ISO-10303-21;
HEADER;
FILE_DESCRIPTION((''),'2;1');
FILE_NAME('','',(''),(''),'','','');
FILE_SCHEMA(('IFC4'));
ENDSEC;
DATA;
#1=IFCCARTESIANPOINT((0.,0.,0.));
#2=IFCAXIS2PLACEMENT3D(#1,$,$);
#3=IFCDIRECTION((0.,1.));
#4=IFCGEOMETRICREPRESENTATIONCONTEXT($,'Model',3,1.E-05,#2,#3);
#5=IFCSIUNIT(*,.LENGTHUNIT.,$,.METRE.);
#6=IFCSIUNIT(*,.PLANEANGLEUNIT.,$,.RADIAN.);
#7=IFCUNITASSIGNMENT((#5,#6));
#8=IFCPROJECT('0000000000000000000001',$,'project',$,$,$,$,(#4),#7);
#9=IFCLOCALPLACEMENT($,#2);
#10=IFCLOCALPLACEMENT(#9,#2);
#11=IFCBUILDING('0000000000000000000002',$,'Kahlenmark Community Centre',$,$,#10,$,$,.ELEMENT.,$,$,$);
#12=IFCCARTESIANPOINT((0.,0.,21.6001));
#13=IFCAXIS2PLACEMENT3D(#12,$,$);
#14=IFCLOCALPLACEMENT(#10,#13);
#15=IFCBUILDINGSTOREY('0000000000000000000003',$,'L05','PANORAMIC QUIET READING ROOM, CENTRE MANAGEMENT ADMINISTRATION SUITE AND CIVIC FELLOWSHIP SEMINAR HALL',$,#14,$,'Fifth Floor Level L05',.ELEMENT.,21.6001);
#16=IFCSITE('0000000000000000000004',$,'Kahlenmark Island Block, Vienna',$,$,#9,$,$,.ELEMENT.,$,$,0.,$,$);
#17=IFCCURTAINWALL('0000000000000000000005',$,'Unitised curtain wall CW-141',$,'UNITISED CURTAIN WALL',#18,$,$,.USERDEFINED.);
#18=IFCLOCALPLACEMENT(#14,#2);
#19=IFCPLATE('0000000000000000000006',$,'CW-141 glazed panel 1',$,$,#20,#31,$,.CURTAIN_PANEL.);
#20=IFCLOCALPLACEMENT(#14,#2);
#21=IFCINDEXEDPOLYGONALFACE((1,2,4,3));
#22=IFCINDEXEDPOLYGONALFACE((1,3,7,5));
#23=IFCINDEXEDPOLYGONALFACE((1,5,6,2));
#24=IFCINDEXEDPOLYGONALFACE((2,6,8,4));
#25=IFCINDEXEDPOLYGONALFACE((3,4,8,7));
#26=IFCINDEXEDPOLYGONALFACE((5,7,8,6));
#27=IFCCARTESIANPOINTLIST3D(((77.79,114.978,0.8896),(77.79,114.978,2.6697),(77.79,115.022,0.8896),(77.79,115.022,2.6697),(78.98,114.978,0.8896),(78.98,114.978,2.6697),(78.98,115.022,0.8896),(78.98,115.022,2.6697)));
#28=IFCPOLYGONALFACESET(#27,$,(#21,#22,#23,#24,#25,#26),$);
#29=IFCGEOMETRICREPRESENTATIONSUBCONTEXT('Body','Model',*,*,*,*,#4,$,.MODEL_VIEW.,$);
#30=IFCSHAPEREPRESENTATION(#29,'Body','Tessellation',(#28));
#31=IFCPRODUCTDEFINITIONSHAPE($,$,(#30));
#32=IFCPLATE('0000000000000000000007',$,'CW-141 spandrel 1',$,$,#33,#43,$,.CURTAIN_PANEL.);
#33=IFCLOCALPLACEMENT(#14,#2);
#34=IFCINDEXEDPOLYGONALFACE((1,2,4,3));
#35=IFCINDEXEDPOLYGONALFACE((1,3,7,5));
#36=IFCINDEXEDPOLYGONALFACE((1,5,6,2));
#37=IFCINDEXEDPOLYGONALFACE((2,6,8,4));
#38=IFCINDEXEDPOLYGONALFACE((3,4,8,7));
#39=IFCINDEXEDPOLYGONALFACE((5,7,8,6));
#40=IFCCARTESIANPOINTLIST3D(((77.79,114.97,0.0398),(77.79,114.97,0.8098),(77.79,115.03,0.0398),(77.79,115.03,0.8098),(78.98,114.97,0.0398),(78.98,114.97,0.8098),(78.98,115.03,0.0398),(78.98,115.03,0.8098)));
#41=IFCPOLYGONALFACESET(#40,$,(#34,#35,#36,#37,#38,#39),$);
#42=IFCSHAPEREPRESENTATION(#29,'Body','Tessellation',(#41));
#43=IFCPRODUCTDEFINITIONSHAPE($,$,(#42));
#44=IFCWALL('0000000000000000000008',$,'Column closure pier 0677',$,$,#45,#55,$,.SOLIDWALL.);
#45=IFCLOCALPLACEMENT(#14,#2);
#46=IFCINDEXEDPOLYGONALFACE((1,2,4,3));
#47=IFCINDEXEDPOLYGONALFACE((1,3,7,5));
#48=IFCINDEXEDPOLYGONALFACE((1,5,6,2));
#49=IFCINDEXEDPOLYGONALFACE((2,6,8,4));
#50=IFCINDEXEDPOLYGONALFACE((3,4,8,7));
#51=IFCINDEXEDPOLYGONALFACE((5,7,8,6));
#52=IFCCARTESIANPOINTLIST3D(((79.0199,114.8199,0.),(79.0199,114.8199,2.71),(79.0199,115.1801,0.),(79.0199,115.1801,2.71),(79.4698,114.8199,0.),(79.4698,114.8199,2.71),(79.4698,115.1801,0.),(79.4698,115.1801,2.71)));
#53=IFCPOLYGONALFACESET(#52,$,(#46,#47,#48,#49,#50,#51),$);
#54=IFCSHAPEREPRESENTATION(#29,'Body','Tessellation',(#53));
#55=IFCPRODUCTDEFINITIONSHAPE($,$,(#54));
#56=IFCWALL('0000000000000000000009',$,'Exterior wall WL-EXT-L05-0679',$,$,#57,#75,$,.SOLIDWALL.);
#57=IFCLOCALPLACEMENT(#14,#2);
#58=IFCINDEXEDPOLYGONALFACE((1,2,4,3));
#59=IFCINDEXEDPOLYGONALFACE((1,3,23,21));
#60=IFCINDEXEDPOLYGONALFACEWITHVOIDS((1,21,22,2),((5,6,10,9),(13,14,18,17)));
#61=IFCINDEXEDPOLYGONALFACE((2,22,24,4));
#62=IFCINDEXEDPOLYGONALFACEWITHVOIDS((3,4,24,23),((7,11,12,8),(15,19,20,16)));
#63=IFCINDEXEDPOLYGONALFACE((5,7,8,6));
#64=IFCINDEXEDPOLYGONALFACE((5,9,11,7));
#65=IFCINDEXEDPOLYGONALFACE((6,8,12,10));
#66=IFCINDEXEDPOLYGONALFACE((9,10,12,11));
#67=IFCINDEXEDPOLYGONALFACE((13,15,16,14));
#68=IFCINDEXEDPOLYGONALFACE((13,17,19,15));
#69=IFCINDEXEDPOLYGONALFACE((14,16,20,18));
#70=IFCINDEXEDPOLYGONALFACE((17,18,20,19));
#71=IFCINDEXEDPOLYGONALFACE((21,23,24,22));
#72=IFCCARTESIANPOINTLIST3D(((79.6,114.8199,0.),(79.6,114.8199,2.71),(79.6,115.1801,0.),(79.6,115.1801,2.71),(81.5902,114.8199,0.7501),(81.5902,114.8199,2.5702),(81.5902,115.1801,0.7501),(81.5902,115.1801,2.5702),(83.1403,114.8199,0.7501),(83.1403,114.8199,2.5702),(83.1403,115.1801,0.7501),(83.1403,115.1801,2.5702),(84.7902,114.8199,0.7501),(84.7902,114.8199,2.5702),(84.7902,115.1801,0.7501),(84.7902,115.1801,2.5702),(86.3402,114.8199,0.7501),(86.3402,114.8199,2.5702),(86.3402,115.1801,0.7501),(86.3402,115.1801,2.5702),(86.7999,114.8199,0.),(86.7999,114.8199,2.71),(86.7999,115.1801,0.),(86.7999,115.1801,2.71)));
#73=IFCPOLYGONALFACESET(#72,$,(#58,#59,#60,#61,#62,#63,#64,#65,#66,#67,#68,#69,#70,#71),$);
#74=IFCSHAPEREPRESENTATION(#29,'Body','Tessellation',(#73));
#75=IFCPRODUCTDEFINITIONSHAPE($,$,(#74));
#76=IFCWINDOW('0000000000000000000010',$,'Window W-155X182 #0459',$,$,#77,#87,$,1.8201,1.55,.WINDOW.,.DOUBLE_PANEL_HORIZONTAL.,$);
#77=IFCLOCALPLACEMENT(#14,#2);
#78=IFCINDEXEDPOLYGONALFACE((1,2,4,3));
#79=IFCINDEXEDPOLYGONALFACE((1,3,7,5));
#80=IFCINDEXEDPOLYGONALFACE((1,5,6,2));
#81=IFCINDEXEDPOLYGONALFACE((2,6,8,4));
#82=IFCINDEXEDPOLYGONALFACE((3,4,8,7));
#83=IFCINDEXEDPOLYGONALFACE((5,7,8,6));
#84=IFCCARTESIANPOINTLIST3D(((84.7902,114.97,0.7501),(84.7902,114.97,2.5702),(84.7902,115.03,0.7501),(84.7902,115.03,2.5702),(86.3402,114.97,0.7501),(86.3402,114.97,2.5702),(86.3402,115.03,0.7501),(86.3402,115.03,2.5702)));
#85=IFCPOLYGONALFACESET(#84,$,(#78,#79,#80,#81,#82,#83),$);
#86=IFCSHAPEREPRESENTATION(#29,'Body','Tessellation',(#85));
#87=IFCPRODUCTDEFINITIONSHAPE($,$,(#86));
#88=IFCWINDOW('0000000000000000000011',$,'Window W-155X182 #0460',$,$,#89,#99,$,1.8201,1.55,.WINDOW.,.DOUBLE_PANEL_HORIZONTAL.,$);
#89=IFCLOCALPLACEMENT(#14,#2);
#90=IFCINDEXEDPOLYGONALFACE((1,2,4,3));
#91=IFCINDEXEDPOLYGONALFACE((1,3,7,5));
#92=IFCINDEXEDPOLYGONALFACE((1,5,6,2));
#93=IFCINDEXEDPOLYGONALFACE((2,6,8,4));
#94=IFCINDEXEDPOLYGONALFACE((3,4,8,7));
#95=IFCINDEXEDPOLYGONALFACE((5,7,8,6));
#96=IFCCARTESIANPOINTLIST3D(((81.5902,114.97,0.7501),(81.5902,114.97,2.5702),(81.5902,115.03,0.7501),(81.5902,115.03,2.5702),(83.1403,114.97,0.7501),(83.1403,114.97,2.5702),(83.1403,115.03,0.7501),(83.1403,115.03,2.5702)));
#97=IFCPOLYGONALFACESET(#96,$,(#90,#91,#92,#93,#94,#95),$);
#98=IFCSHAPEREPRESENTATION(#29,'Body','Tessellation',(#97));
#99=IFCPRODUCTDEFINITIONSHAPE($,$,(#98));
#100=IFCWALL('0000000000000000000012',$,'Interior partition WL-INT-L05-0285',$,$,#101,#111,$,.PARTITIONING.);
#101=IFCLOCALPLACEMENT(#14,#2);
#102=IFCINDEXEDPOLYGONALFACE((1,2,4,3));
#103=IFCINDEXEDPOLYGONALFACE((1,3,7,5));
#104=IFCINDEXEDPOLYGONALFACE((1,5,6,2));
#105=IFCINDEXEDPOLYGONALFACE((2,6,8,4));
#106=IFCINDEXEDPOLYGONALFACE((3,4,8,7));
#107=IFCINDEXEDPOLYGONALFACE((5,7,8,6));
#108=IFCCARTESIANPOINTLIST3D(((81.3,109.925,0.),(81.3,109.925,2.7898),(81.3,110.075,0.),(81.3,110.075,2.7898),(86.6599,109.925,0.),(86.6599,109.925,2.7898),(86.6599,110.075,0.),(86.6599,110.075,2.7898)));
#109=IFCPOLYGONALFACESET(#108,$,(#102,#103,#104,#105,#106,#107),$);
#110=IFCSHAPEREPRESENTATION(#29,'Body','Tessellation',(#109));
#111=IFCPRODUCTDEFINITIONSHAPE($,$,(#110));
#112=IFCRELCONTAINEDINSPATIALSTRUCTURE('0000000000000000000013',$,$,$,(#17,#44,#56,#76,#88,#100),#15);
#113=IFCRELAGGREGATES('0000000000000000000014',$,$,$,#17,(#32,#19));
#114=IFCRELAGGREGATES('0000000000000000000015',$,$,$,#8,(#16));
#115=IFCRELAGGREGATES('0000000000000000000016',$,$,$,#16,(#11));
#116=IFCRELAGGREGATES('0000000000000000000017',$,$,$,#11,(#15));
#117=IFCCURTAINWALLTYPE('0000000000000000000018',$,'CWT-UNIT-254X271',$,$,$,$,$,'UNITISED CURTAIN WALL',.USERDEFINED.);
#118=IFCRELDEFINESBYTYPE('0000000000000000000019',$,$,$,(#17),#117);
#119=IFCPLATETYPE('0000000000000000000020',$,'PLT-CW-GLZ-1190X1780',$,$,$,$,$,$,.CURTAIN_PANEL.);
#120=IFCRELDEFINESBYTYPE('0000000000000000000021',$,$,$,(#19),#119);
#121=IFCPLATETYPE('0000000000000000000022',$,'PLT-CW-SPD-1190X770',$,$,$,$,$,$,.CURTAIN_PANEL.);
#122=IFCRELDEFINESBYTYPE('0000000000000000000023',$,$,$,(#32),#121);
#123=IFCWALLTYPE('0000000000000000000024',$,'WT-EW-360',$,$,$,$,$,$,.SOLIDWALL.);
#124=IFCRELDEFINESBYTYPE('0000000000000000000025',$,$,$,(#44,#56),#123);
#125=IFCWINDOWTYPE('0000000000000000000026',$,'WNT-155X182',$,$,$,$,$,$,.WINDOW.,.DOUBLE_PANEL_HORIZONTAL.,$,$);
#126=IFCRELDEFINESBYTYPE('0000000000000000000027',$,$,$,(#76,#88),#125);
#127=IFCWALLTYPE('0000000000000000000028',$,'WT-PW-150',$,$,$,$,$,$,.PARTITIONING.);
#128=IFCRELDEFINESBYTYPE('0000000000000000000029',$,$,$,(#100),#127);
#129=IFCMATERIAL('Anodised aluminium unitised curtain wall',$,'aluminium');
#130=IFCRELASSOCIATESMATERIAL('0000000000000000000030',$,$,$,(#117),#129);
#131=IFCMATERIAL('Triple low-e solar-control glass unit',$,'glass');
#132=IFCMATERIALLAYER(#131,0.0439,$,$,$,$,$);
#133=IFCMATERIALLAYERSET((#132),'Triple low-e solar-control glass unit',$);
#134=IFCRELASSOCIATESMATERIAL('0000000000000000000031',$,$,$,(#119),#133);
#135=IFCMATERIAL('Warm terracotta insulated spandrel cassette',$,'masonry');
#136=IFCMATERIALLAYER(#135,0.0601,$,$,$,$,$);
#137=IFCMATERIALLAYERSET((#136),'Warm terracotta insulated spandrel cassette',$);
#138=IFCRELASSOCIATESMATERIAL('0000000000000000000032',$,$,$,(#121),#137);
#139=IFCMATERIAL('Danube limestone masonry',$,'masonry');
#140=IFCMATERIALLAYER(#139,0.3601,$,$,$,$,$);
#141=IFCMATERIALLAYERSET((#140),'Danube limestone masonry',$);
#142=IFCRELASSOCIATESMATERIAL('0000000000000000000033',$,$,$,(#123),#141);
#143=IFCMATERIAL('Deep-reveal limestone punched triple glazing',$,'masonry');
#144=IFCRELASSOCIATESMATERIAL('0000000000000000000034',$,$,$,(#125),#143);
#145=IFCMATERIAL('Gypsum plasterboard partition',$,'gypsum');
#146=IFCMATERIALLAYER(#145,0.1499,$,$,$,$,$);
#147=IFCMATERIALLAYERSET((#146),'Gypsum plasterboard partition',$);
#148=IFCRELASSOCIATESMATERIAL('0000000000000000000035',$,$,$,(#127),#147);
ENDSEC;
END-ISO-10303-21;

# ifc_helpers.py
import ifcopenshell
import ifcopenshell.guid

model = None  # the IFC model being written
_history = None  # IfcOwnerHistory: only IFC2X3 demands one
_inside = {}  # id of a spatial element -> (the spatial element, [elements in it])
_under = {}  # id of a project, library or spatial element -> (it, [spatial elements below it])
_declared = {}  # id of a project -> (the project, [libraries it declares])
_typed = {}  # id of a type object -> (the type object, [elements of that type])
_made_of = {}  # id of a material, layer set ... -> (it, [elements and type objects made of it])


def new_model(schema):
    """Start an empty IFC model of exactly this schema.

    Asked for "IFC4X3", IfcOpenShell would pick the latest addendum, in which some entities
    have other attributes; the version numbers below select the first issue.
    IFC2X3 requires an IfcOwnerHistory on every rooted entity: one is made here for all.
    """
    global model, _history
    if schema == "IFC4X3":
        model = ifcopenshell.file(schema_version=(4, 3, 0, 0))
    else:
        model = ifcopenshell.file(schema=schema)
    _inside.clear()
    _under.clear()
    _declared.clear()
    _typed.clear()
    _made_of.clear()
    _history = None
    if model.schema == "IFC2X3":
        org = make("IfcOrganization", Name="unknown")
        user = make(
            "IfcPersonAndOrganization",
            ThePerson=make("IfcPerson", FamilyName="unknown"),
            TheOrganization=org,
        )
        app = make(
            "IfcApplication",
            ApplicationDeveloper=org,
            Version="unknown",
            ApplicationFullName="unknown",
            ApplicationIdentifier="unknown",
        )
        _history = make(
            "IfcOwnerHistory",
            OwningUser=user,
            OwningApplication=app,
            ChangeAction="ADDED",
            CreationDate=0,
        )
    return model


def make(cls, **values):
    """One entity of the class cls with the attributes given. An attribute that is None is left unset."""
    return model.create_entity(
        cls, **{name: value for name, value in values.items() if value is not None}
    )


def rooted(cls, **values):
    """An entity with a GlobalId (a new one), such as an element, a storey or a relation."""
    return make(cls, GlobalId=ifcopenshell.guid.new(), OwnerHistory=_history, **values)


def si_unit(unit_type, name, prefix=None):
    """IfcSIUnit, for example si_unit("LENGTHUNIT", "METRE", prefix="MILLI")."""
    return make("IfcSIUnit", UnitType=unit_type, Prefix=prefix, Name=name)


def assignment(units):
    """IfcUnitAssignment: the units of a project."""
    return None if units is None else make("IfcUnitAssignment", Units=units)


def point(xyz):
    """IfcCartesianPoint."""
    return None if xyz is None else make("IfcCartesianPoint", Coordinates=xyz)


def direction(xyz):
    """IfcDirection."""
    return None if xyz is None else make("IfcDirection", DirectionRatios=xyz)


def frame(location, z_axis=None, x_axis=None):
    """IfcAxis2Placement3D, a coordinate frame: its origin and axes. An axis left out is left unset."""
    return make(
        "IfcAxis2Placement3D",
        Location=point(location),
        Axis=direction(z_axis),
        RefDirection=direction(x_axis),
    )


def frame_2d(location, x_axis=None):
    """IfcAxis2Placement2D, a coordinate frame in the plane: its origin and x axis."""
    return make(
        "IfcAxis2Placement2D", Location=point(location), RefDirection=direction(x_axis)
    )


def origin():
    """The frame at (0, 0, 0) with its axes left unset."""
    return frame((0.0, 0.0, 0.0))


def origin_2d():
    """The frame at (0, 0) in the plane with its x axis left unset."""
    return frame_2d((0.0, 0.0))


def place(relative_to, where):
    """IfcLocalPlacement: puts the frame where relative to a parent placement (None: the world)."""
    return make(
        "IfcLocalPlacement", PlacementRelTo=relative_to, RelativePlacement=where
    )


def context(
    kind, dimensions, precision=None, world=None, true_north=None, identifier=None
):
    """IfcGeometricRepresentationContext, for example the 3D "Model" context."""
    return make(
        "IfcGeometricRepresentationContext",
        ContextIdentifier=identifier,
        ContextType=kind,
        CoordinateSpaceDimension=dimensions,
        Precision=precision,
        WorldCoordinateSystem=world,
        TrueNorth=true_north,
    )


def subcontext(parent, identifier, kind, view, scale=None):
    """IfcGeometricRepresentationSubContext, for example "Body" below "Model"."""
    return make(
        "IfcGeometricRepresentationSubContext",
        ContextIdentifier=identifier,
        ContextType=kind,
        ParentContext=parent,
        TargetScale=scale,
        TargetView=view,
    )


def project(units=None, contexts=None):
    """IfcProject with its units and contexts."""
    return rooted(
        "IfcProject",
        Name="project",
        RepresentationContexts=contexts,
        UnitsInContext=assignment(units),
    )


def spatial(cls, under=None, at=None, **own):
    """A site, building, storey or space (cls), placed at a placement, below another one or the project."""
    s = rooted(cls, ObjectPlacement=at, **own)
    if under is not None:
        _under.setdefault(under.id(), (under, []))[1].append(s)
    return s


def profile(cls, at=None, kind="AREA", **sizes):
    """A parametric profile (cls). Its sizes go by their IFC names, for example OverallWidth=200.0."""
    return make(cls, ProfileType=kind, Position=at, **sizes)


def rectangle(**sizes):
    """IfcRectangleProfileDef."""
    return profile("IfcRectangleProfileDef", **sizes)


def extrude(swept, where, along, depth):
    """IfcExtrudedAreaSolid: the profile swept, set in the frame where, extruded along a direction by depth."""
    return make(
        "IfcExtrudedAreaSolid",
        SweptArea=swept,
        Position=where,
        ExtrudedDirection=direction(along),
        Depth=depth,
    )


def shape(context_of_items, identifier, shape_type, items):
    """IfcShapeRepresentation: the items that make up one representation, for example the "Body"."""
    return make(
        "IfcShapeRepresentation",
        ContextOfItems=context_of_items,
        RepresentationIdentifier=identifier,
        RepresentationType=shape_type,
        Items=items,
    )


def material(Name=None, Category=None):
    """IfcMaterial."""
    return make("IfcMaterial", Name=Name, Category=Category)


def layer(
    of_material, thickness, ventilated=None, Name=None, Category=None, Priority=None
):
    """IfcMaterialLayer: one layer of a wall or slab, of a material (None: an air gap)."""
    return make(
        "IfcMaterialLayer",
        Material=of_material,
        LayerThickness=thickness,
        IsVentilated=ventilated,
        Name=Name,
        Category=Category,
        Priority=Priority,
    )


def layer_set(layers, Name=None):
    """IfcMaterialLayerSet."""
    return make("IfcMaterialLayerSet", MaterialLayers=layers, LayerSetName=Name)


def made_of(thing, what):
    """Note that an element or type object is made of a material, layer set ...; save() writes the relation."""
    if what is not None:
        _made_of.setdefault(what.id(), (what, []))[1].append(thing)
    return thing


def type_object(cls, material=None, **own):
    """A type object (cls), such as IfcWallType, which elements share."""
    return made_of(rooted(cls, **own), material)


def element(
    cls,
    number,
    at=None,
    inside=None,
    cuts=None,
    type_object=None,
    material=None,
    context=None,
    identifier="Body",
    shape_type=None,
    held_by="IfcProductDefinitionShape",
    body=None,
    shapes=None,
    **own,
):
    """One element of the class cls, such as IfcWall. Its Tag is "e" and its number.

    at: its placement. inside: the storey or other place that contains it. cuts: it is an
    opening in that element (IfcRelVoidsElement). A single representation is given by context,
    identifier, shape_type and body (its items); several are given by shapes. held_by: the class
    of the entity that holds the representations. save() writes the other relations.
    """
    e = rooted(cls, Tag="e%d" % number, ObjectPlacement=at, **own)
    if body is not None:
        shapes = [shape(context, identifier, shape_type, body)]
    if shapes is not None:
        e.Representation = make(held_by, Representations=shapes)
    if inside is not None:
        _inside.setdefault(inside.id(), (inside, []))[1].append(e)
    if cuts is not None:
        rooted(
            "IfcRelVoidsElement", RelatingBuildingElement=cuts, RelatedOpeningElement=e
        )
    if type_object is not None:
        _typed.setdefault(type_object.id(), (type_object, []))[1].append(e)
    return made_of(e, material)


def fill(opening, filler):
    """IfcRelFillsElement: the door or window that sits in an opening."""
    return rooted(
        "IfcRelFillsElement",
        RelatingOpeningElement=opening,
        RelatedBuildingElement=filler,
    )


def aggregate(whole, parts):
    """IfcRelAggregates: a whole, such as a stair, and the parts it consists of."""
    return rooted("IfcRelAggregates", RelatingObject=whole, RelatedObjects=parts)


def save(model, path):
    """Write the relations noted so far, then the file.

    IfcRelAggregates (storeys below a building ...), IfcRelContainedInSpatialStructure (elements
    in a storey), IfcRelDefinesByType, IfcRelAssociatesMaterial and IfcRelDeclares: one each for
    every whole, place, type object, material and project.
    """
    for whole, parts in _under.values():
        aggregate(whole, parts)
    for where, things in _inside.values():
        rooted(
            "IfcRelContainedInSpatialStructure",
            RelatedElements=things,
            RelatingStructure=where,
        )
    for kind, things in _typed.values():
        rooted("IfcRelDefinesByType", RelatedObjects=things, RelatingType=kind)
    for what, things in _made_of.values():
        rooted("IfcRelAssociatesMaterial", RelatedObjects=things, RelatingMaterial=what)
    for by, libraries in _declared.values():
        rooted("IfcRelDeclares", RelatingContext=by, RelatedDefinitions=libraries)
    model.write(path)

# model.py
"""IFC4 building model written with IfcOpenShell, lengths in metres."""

from ifc_helpers import new_model, si_unit, direction, frame, frame_2d, origin, origin_2d, place, context, subcontext, project, spatial, rectangle, extrude, material, layer, layer_set, type_object, element, fill, aggregate, save


model = new_model("IFC4")

# Units and contexts
model_context = context("Model", 3, precision=1e-05, world=origin(), true_north=direction((0.0, 1.0)))
body_context = subcontext(model_context, "Body", "Model", "MODEL_VIEW")
ifc_project = project(units=[si_unit("LENGTHUNIT", "METRE"), si_unit("PLANEANGLEUNIT", "RADIAN")], contexts=[model_context])

# Site, building, storey
site_placement = place(None, origin())
site = spatial("IfcSite", under=ifc_project, at=site_placement, Name="Kahlenmark Island Block, Vienna", CompositionType="ELEMENT", RefElevation=0.0)
building_placement = place(site_placement, origin())
building = spatial("IfcBuilding", under=site, at=building_placement, Name="Kahlenmark Community Centre", CompositionType="ELEMENT")
storey_placement = place(building_placement, frame((0.0, 0.0, 21.6001)))
storey = spatial("IfcBuildingStorey", under=building, at=storey_placement, Name="L05", Description="PANORAMIC QUIET READING ROOM, CENTRE MANAGEMENT ADMINISTRATION SUITE AND CIVIC FELLOWSHIP SEMINAR HALL", LongName="Fifth Floor Level L05", CompositionType="ELEMENT", Elevation=21.6001)

# Curtain wall, plates
ifc_material_1 = material(Name="Anodised aluminium unitised curtain wall", Category="aluminium")
curtain_wall_type = type_object("IfcCurtainWallType", Name="CWT-UNIT-254X271", ElementType="UNITISED CURTAIN WALL", PredefinedType="USERDEFINED", material=ifc_material_1)
curtain_wall_placement = place(storey_placement, origin())
curtain_wall = element("IfcCurtainWall", 1, at=curtain_wall_placement, inside=storey, type_object=curtain_wall_type, Name="Unitised curtain wall CW-141", ObjectType="UNITISED CURTAIN WALL", PredefinedType="USERDEFINED")
ifc_material_2 = material(Name="Triple low-e solar-control glass unit", Category="glass")
ifc_layer_1 = layer(ifc_material_2, 0.0439)
ifc_layer_set_1 = layer_set([ifc_layer_1], Name="Triple low-e solar-control glass unit")
plate_type_1 = type_object("IfcPlateType", Name="PLT-CW-GLZ-1190X1780", PredefinedType="CURTAIN_PANEL", material=ifc_layer_set_1)
plate_1_placement = place(storey_placement, frame((78.385, 115.0, 0.8896), z_axis=(0.0, 0.0, 1.0), x_axis=(-1.0, 0.0, 0.0)))
plate_1 = element("IfcPlate", 2, at=plate_1_placement, type_object=plate_type_1, Name="CW-141 glazed panel 1", PredefinedType="CURTAIN_PANEL", context=body_context, shape_type="SweptSolid", body=[
    extrude(rectangle(XDim=1.1899, YDim=0.0439, at=origin_2d()), origin(), (0.0, 0.0, 1.0), 1.78),
])
ifc_material_3 = material(Name="Warm terracotta insulated spandrel cassette", Category="masonry")
ifc_layer_2 = layer(ifc_material_3, 0.0601)
ifc_layer_set_2 = layer_set([ifc_layer_2], Name="Warm terracotta insulated spandrel cassette")
plate_type_2 = type_object("IfcPlateType", Name="PLT-CW-SPD-1190X770", PredefinedType="CURTAIN_PANEL", material=ifc_layer_set_2)
plate_2_placement = place(storey_placement, frame((78.385, 115.0, 0.0398), z_axis=(0.0, 0.0, 1.0), x_axis=(-1.0, 0.0, 0.0)))
plate_2 = element("IfcPlate", 3, at=plate_2_placement, type_object=plate_type_2, Name="CW-141 spandrel 1", PredefinedType="CURTAIN_PANEL", context=body_context, shape_type="SweptSolid", body=[
    extrude(rectangle(XDim=1.1899, YDim=0.0601, at=origin_2d()), origin(), (0.0, 0.0, 1.0), 0.77),
])
aggregate(curtain_wall, [plate_2, plate_1])

# Wall
ifc_material_4 = material(Name="Danube limestone masonry", Category="masonry")
ifc_layer_3 = layer(ifc_material_4, 0.3601)
ifc_layer_set_3 = layer_set([ifc_layer_3], Name="Danube limestone masonry")
wall_type_1 = type_object("IfcWallType", Name="WT-EW-360", PredefinedType="SOLIDWALL", material=ifc_layer_set_3)
wall_1_placement = place(storey_placement, frame((79.47, 115.0, 0.0), z_axis=(0.0, 0.0, 1.0), x_axis=(-1.0, 0.0, 0.0)))
element("IfcWall", 4, at=wall_1_placement, inside=storey, type_object=wall_type_1, Name="Column closure pier 0677", PredefinedType="SOLIDWALL", context=body_context, shape_type="SweptSolid", body=[
    extrude(rectangle(XDim=0.45, YDim=0.3601, at=frame_2d((0.2251, 0.0))), origin(), (0.0, 0.0, 1.0), 2.71),
])

# Wall, openings, windows
wall_2_placement = place(storey_placement, frame((86.8, 115.0, 0.0), z_axis=(0.0, 0.0, 1.0), x_axis=(-1.0, 0.0, 0.0)))
wall_2 = element("IfcWall", 5, at=wall_2_placement, inside=storey, type_object=wall_type_1, Name="Exterior wall WL-EXT-L05-0679", PredefinedType="SOLIDWALL", context=body_context, shape_type="SweptSolid", body=[
    extrude(rectangle(XDim=7.2, YDim=0.3601, at=frame_2d((3.6001, 0.0))), origin(), (0.0, 0.0, 1.0), 2.71),
])
opening_1_placement = place(wall_2_placement, frame((0.46, 0.0, 0.75)))
opening_1 = element("IfcOpeningElement", 6, at=opening_1_placement, cuts=wall_2, PredefinedType="OPENING", context=body_context, shape_type="SweptSolid", body=[
    extrude(rectangle(XDim=1.55, YDim=1.8201, at=frame_2d((0.7749, 0.9102))), frame((0.0, 0.1899, 0.0), z_axis=(0.0, -1.0, 0.0), x_axis=(1.0, 0.0, 0.0)), (0.0, 0.0, 1.0), 0.3801),
])
opening_2_placement = place(wall_2_placement, frame((3.6599, 0.0, 0.75)))
opening_2 = element("IfcOpeningElement", 7, at=opening_2_placement, cuts=wall_2, PredefinedType="OPENING", context=body_context, shape_type="SweptSolid", body=[
    extrude(rectangle(XDim=1.55, YDim=1.8201, at=frame_2d((0.7749, 0.9102))), frame((0.0, 0.1899, 0.0), z_axis=(0.0, -1.0, 0.0), x_axis=(1.0, 0.0, 0.0)), (0.0, 0.0, 1.0), 0.3801),
])
ifc_material_5 = material(Name="Deep-reveal limestone punched triple glazing", Category="masonry")
window_type = type_object("IfcWindowType", Name="WNT-155X182", PartitioningType="DOUBLE_PANEL_HORIZONTAL", PredefinedType="WINDOW", material=ifc_material_5)
window_1_placement = place(opening_1_placement, origin())
window_1 = element("IfcWindow", 8, at=window_1_placement, inside=storey, type_object=window_type, Name="Window W-155X182 #0459", OverallHeight=1.8201, OverallWidth=1.55, PartitioningType="DOUBLE_PANEL_HORIZONTAL", PredefinedType="WINDOW", context=body_context, shape_type="SweptSolid", body=[
    extrude(rectangle(XDim=1.55, YDim=1.8201, at=frame_2d((0.7749, 0.9102))), frame((0.0, 0.03, 0.0), z_axis=(0.0, -1.0, 0.0), x_axis=(1.0, 0.0, 0.0)), (0.0, 0.0, 1.0), 0.0601),
])
fill(opening_1, window_1)
window_2_placement = place(opening_2_placement, origin())
window_2 = element("IfcWindow", 9, at=window_2_placement, inside=storey, type_object=window_type, Name="Window W-155X182 #0460", OverallHeight=1.8201, OverallWidth=1.55, PartitioningType="DOUBLE_PANEL_HORIZONTAL", PredefinedType="WINDOW", context=body_context, shape_type="SweptSolid", body=[
    extrude(rectangle(XDim=1.55, YDim=1.8201, at=frame_2d((0.7749, 0.9102))), frame((0.0, 0.03, 0.0), z_axis=(0.0, -1.0, 0.0), x_axis=(1.0, 0.0, 0.0)), (0.0, 0.0, 1.0), 0.0601),
])
fill(opening_2, window_2)

# Wall
ifc_material_6 = material(Name="Gypsum plasterboard partition", Category="gypsum")
ifc_layer_4 = layer(ifc_material_6, 0.1499)
ifc_layer_set_4 = layer_set([ifc_layer_4], Name="Gypsum plasterboard partition")
wall_type_2 = type_object("IfcWallType", Name="WT-PW-150", PredefinedType="PARTITIONING", material=ifc_layer_set_4)
wall_3_placement = place(storey_placement, frame((81.3, 110.0, 0.0), z_axis=(0.0, 0.0, 1.0), x_axis=(1.0, 0.0, 0.0)))
element("IfcWall", 10, at=wall_3_placement, inside=storey, type_object=wall_type_2, Name="Interior partition WL-INT-L05-0285", PredefinedType="PARTITIONING", context=body_context, shape_type="SweptSolid", body=[
    extrude(rectangle(XDim=5.3599, YDim=0.1499, at=frame_2d((2.6799, 0.0))), origin(), (0.0, 0.0, 1.0), 2.7898),
])

save(model, "model.ifc")
